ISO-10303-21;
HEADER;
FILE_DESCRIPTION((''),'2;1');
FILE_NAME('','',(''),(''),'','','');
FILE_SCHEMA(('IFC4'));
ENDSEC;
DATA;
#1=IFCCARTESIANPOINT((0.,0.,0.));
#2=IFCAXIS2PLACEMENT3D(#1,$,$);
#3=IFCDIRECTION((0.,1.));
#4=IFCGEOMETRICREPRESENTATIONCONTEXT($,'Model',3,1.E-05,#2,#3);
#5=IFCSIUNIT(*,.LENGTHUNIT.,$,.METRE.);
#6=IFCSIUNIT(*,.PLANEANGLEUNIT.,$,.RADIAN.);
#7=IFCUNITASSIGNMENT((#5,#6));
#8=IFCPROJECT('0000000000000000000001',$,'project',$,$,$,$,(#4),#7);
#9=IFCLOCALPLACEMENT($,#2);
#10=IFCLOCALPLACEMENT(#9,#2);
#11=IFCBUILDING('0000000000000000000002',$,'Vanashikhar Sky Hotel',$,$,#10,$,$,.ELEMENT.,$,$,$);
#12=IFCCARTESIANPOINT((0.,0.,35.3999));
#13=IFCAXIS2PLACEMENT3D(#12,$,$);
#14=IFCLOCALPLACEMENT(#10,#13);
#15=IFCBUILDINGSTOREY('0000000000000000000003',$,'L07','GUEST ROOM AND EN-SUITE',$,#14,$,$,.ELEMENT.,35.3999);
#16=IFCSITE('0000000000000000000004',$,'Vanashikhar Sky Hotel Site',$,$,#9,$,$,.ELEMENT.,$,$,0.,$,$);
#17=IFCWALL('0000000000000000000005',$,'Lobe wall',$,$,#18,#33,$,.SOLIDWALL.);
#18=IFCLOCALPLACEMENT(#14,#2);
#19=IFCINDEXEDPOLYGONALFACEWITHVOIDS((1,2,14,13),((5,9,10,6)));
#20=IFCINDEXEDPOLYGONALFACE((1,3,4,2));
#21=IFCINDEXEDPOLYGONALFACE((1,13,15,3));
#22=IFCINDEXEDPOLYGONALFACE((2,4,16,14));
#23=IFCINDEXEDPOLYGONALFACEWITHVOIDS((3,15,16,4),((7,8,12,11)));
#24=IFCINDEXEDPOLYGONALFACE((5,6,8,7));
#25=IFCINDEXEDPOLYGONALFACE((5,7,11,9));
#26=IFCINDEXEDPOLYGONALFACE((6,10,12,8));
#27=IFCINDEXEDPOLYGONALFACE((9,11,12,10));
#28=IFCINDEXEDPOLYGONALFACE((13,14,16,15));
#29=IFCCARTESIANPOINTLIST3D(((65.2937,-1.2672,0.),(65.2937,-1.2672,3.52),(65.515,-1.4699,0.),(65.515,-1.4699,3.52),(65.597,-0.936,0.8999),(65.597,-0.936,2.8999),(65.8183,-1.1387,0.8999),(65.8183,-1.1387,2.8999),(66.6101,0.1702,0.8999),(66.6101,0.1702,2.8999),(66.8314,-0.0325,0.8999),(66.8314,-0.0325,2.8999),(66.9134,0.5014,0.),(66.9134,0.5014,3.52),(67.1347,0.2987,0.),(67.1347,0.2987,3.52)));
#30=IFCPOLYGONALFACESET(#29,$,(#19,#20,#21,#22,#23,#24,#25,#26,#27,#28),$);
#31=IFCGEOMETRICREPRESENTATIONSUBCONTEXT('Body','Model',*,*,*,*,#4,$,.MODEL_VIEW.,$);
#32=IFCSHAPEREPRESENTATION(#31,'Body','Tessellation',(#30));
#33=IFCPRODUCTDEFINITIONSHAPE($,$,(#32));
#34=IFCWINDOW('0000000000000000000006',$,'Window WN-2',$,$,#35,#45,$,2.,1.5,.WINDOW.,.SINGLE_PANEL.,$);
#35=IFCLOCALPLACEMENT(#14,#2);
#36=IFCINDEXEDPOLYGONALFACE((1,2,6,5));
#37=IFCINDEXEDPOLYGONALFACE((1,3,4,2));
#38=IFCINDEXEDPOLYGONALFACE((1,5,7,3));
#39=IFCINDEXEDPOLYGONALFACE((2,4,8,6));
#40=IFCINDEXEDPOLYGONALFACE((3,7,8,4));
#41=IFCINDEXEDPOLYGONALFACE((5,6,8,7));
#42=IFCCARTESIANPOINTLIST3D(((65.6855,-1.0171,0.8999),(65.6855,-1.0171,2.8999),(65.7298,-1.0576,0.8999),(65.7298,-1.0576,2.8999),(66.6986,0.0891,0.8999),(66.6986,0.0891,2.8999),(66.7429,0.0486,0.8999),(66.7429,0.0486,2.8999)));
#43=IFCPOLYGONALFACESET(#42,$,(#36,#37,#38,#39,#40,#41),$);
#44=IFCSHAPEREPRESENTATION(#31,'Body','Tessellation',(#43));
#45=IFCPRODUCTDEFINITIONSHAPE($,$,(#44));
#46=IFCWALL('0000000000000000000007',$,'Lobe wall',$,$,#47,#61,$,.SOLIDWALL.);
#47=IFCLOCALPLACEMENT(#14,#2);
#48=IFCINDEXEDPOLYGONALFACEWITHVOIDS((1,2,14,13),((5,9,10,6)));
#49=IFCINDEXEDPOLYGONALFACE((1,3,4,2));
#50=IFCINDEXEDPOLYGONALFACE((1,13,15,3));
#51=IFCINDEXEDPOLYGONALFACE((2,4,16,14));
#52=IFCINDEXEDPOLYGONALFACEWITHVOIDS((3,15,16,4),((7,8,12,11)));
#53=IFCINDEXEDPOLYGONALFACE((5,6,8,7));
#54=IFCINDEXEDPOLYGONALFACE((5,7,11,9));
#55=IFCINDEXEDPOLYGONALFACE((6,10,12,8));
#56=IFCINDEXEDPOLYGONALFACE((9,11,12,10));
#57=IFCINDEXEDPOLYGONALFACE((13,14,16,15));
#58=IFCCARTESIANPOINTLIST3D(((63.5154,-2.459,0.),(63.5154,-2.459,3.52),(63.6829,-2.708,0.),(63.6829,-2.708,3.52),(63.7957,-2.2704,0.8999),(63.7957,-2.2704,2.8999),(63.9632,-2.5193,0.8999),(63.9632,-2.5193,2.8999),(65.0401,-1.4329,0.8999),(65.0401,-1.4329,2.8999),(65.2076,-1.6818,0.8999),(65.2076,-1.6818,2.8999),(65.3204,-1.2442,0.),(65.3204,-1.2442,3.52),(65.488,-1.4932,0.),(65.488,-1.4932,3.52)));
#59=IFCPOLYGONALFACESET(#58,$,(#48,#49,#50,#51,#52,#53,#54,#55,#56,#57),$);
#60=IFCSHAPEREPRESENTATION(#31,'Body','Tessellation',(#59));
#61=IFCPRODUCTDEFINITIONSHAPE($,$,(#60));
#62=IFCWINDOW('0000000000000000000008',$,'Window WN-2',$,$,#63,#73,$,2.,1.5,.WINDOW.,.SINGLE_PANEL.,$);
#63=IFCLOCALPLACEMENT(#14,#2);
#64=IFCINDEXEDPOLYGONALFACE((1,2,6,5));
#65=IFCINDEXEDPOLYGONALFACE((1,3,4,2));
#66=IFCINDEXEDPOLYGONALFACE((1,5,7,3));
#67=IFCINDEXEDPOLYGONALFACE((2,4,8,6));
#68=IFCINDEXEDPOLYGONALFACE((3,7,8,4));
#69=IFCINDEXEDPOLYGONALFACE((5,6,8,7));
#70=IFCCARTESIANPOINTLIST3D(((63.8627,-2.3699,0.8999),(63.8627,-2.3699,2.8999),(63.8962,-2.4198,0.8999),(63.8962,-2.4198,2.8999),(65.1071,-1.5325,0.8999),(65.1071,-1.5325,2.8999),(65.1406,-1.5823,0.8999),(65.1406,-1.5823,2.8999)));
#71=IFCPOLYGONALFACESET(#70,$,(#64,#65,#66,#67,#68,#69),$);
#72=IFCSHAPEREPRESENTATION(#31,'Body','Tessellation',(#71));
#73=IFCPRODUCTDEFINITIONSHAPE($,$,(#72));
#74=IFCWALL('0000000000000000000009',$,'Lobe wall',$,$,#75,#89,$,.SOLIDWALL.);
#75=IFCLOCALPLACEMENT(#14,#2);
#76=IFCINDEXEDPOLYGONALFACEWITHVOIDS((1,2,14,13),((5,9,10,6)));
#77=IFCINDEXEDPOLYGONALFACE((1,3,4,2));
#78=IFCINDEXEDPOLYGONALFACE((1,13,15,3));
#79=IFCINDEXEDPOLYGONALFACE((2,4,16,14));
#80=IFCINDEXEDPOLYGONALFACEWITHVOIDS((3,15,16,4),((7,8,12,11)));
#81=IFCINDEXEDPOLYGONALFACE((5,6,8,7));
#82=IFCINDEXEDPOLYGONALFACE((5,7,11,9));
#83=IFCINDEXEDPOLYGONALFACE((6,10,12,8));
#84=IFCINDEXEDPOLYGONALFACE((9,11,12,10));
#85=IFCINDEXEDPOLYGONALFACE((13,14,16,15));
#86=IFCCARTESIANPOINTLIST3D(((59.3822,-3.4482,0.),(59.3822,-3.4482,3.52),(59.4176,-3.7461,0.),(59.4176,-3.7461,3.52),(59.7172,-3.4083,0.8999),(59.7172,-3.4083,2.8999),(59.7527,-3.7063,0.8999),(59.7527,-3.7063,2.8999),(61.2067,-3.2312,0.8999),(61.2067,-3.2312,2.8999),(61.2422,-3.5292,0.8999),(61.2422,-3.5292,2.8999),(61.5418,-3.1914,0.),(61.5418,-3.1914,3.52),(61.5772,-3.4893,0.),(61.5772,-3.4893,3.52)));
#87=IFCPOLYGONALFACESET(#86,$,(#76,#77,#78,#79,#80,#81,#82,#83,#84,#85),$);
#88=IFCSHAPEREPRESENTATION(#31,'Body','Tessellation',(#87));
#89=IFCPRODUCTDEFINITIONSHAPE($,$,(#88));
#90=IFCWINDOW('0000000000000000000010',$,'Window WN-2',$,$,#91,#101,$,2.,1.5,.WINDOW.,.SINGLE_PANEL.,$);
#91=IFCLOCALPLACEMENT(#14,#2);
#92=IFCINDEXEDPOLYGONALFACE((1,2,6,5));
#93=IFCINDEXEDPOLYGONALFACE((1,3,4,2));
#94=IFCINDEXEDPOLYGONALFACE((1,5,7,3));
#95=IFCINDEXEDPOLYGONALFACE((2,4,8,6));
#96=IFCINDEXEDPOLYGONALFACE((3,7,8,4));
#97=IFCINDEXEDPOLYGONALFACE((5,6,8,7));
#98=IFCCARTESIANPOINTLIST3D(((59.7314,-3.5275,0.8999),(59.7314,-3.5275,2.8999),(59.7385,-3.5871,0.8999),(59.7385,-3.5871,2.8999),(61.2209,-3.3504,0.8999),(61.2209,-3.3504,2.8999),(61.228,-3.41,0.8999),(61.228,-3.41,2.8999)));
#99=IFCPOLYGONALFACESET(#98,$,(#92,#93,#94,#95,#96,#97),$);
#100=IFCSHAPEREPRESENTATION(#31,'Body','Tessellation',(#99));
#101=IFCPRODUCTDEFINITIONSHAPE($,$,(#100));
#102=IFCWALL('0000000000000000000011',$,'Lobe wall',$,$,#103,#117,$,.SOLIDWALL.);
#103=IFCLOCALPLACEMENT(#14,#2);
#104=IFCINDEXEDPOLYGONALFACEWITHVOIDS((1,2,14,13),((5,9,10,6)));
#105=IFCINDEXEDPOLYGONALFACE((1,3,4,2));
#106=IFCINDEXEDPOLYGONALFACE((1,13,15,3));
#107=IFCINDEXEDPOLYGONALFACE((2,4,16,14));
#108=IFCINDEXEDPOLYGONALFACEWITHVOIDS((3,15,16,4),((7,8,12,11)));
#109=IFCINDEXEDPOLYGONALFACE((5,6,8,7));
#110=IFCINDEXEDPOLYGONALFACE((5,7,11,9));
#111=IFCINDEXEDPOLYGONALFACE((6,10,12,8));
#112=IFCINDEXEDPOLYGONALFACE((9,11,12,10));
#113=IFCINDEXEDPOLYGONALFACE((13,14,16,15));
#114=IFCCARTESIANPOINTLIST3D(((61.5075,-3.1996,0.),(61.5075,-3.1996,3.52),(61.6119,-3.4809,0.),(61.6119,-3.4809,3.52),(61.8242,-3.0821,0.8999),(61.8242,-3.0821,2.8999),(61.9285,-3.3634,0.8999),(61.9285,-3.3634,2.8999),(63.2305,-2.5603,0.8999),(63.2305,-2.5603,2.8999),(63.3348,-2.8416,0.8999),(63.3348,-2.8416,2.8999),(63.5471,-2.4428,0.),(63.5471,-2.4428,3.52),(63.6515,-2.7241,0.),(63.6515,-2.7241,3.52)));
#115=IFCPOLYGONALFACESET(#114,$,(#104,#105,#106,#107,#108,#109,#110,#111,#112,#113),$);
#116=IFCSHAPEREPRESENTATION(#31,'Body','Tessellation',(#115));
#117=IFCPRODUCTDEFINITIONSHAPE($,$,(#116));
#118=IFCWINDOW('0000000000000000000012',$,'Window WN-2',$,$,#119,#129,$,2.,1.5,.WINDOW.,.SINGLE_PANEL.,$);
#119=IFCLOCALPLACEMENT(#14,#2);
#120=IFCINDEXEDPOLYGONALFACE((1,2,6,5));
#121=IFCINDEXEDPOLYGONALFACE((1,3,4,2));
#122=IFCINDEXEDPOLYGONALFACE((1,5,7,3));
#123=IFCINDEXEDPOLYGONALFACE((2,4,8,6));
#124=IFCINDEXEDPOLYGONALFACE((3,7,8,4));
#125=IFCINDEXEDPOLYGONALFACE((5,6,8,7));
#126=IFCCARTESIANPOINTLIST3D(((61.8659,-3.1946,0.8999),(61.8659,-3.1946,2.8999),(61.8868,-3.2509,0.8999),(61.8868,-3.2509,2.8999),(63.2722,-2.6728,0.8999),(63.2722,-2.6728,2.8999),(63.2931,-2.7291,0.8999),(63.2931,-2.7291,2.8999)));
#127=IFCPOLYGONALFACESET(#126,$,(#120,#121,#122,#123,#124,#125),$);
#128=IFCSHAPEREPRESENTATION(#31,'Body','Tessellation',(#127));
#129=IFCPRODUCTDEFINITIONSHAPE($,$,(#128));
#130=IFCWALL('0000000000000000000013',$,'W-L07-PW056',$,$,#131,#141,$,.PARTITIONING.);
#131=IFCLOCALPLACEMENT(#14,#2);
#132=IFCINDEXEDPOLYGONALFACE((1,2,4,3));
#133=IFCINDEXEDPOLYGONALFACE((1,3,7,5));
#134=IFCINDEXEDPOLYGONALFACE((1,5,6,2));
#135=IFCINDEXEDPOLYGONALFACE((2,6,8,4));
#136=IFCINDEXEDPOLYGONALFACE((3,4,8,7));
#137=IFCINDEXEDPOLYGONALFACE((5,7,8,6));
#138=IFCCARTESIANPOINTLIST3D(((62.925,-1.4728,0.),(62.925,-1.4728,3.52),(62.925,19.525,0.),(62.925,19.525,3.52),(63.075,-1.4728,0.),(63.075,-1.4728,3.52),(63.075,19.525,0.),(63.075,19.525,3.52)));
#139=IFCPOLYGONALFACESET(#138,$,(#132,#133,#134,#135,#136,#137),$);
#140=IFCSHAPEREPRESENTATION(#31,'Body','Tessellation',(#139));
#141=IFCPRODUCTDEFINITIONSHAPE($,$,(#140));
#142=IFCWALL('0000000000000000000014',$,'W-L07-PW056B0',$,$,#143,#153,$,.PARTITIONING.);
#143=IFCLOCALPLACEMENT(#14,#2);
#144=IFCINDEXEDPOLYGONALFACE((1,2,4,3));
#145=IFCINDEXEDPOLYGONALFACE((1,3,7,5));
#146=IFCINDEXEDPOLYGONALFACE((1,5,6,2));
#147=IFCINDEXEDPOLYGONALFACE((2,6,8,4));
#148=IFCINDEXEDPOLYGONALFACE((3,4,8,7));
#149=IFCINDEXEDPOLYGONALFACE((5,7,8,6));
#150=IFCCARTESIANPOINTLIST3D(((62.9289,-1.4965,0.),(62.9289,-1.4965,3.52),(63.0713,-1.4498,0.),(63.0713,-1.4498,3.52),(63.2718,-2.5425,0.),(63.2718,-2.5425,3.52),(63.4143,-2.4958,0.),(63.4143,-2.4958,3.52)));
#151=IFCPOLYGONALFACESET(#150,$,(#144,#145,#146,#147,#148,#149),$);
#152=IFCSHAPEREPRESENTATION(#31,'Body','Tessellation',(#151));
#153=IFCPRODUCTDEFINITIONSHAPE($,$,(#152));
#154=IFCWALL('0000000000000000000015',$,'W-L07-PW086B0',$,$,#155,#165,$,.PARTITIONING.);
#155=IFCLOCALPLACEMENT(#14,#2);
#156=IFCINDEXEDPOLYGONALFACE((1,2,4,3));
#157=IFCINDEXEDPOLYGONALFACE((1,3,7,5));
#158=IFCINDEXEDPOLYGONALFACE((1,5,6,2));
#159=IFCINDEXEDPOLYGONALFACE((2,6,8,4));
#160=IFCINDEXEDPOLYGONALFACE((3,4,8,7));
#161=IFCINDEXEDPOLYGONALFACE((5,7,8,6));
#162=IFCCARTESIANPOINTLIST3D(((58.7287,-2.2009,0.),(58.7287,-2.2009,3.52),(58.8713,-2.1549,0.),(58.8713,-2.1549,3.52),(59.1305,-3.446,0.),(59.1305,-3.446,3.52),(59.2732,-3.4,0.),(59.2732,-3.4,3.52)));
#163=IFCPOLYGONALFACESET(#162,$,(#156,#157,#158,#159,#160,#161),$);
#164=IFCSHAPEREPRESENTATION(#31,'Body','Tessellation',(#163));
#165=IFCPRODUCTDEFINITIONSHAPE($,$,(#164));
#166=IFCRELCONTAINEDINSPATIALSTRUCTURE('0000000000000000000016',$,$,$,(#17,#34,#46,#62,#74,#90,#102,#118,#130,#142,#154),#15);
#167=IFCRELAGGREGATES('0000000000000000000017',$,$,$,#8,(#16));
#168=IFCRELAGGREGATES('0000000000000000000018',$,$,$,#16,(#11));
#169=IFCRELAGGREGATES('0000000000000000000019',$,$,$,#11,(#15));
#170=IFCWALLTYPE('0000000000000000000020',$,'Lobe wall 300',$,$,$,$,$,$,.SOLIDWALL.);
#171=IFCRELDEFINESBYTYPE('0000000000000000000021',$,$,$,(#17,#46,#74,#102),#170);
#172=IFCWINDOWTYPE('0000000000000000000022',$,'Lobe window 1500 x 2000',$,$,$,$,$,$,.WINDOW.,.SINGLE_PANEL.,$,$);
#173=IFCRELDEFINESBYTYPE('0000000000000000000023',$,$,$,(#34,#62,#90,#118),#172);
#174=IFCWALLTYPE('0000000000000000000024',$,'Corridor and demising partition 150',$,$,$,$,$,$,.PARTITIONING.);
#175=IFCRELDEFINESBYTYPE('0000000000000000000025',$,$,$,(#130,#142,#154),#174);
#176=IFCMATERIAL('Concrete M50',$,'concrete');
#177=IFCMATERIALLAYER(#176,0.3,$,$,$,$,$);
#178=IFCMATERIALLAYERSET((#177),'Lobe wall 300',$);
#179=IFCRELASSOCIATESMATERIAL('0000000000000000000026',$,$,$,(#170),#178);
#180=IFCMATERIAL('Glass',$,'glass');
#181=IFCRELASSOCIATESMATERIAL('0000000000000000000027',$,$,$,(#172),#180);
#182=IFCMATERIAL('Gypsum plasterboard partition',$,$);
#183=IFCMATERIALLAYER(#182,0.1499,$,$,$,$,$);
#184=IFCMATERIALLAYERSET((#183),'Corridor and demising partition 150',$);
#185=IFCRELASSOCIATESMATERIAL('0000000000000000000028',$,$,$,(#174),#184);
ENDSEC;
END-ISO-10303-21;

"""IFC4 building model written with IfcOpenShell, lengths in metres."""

from ifc_helpers import new_model, si_unit, direction, frame, frame_2d, origin, place, context, subcontext, project, spatial, rectangle, extrude, source, transform, mapped, material, layer, layer_set, type_object, element, fill, save


model = new_model("IFC4")

# Units and contexts
model_context = context("Model", 3, precision=1e-05, world=origin(), true_north=direction((0.0, 1.0)))
body_context = subcontext(model_context, "Body", "Model", "MODEL_VIEW")
ifc_project = project(units=[si_unit("LENGTHUNIT", "METRE"), si_unit("PLANEANGLEUNIT", "RADIAN")], contexts=[model_context])

# Site, building, storey
site_placement = place(None, origin())
site = spatial("IfcSite", under=ifc_project, at=site_placement, Name="Vanashikhar Sky Hotel Site", CompositionType="ELEMENT", RefElevation=0.0)
building_placement = place(site_placement, origin())
building = spatial("IfcBuilding", under=site, at=building_placement, Name="Vanashikhar Sky Hotel", CompositionType="ELEMENT")
storey_placement = place(building_placement, frame((0.0, 0.0, 35.3999)))
storey = spatial("IfcBuildingStorey", under=building, at=storey_placement, Name="L07", Description="GUEST ROOM AND EN-SUITE", CompositionType="ELEMENT", Elevation=35.3999)

# Walls, openings, windows
ifc_material_1 = material(Name="Concrete M50", Category="concrete")
ifc_layer_1 = layer(ifc_material_1, 0.3)
ifc_layer_set_1 = layer_set([ifc_layer_1], Name="Lobe wall 300")
wall_type_1 = type_object("IfcWallType", Name="Lobe wall 300", PredefinedType="SOLIDWALL", material=ifc_layer_set_1)
shared_shape_1 = source(origin(), body_context, "Body", "SweptSolid", [
    extrude(rectangle(XDim=2.3982, YDim=0.3, at=frame_2d((1.1992, 0.0))), origin(), (0.0, 0.0, 1.0), 3.52),
])
wall_1_placement = place(storey_placement, frame((65.4043, -1.3687, 0.0), z_axis=(0.0, 0.0, 1.0), x_axis=(0.675374, 0.737475, 0.0)))
wall_1 = element("IfcWall", 1, at=wall_1_placement, inside=storey, type_object=wall_type_1, Name="Lobe wall", PredefinedType="SOLIDWALL", context=body_context, shape_type="MappedRepresentation", body=[
    mapped(shared_shape_1, transform((0.0, 0.0, 0.0), scale=1.0)),
])
shared_shape_2 = source(origin(), body_context, "Body", "SweptSolid", [
    extrude(rectangle(XDim=1.5, YDim=2.0, at=frame_2d((0.75, 1.0))), frame((0.0, 0.1602, 0.0), z_axis=(0.0, -1.0, 0.0), x_axis=(1.0, 0.0, 0.0)), (0.0, 0.0, 1.0), 0.3201),
])
opening_1_placement = place(wall_1_placement, frame((0.4492, 0.0, 0.8999)))
opening_1 = element("IfcOpeningElement", 2, at=opening_1_placement, cuts=wall_1, PredefinedType="OPENING", context=body_context, shape_type="MappedRepresentation", body=[
    mapped(shared_shape_2, transform((0.0, 0.0, 0.0), scale=1.0)),
])
ifc_material_2 = material(Name="Glass", Category="glass")
window_type = type_object("IfcWindowType", Name="Lobe window 1500 x 2000", PartitioningType="SINGLE_PANEL", PredefinedType="WINDOW", material=ifc_material_2)
shared_shape_3 = source(origin(), body_context, "Body", "SweptSolid", [
    extrude(rectangle(XDim=1.5, YDim=2.0, at=frame_2d((0.75, 1.0))), frame((0.0, 0.03, 0.0), z_axis=(0.0, -1.0, 0.0), x_axis=(1.0, 0.0, 0.0)), (0.0, 0.0, 1.0), 0.0601),
])
window_1_placement = place(opening_1_placement, origin())
window_1 = element("IfcWindow", 3, at=window_1_placement, inside=storey, type_object=window_type, Name="Window WN-2", OverallHeight=2.0, OverallWidth=1.5, PartitioningType="SINGLE_PANEL", PredefinedType="WINDOW", context=body_context, shape_type="MappedRepresentation", body=[
    mapped(shared_shape_3, transform((0.0, 0.0, 0.0), scale=1.0)),
])
fill(opening_1, window_1)
shared_shape_4 = source(origin(), body_context, "Body", "SweptSolid", [
    extrude(rectangle(XDim=2.1758, YDim=0.3, at=frame_2d((1.0879, 0.0))), origin(), (0.0, 0.0, 1.0), 3.52),
])
wall_2_placement = place(storey_placement, frame((63.5991, -2.5835, 0.0), z_axis=(0.0, 0.0, 1.0), x_axis=(0.829626, 0.55832, 0.0)))
wall_2 = element("IfcWall", 4, at=wall_2_placement, inside=storey, type_object=wall_type_1, Name="Lobe wall", PredefinedType="SOLIDWALL", context=body_context, shape_type="MappedRepresentation", body=[
    mapped(shared_shape_4, transform((0.0, 0.0, 0.0), scale=1.0)),
])
opening_2_placement = place(wall_2_placement, frame((0.3379, 0.0, 0.8999)))
opening_2 = element("IfcOpeningElement", 5, at=opening_2_placement, cuts=wall_2, PredefinedType="OPENING", context=body_context, shape_type="MappedRepresentation", body=[
    mapped(shared_shape_2, transform((0.0, 0.0, 0.0), scale=1.0)),
])
window_2_placement = place(opening_2_placement, origin())
window_2 = element("IfcWindow", 6, at=window_2_placement, inside=storey, type_object=window_type, Name="Window WN-2", OverallHeight=2.0, OverallWidth=1.5, PartitioningType="SINGLE_PANEL", PredefinedType="WINDOW", context=body_context, shape_type="MappedRepresentation", body=[
    mapped(shared_shape_3, transform((0.0, 0.0, 0.0), scale=1.0)),
])
fill(opening_2, window_2)
shared_shape_5 = source(origin(), body_context, "Body", "SweptSolid", [
    extrude(rectangle(XDim=2.1748, YDim=0.3, at=frame_2d((1.0874, 0.0))), origin(), (0.0, 0.0, 1.0), 3.52),
])
wall_3_placement = place(storey_placement, frame((59.3999, -3.5972, 0.0), z_axis=(0.0, 0.0, 1.0), x_axis=(0.993003, 0.118092, 0.0)))
wall_3 = element("IfcWall", 7, at=wall_3_placement, inside=storey, type_object=wall_type_1, Name="Lobe wall", PredefinedType="SOLIDWALL", context=body_context, shape_type="MappedRepresentation", body=[
    mapped(shared_shape_5, transform((0.0, 0.0, 0.0), scale=1.0)),
])
opening_3_placement = place(wall_3_placement, frame((0.3374, 0.0, 0.8999)))
opening_3 = element("IfcOpeningElement", 8, at=opening_3_placement, cuts=wall_3, PredefinedType="OPENING", context=body_context, shape_type="MappedRepresentation", body=[
    mapped(shared_shape_2, transform((0.0, 0.0, 0.0), scale=1.0)),
])
window_3_placement = place(opening_3_placement, origin())
window_3 = element("IfcWindow", 9, at=window_3_placement, inside=storey, type_object=window_type, Name="Window WN-2", OverallHeight=2.0, OverallWidth=1.5, PartitioningType="SINGLE_PANEL", PredefinedType="WINDOW", context=body_context, shape_type="MappedRepresentation", body=[
    mapped(shared_shape_3, transform((0.0, 0.0, 0.0), scale=1.0)),
])
fill(opening_3, window_3)
shared_shape_6 = source(origin(), body_context, "Body", "SweptSolid", [
    extrude(rectangle(XDim=2.1755, YDim=0.3, at=frame_2d((1.0879, 0.0))), origin(), (0.0, 0.0, 1.0), 3.52),
])
wall_4_placement = place(storey_placement, frame((61.5596, -3.3403, 0.0), z_axis=(0.0, 0.0, 1.0), x_axis=(0.937532, 0.347899, 0.0)))
wall_4 = element("IfcWall", 10, at=wall_4_placement, inside=storey, type_object=wall_type_1, Name="Lobe wall", PredefinedType="SOLIDWALL", context=body_context, shape_type="MappedRepresentation", body=[
    mapped(shared_shape_6, transform((0.0, 0.0, 0.0), scale=1.0)),
])
opening_4_placement = place(wall_4_placement, frame((0.3379, 0.0, 0.8999)))
opening_4 = element("IfcOpeningElement", 11, at=opening_4_placement, cuts=wall_4, PredefinedType="OPENING", context=body_context, shape_type="MappedRepresentation", body=[
    mapped(shared_shape_2, transform((0.0, 0.0, 0.0), scale=1.0)),
])
window_4_placement = place(opening_4_placement, origin())
window_4 = element("IfcWindow", 12, at=window_4_placement, inside=storey, type_object=window_type, Name="Window WN-2", OverallHeight=2.0, OverallWidth=1.5, PartitioningType="SINGLE_PANEL", PredefinedType="WINDOW", context=body_context, shape_type="MappedRepresentation", body=[
    mapped(shared_shape_3, transform((0.0, 0.0, 0.0), scale=1.0)),
])
fill(opening_4, window_4)

# Walls
ifc_material_3 = material(Name="Gypsum plasterboard partition")
ifc_layer_2 = layer(ifc_material_3, 0.1499)
ifc_layer_set_2 = layer_set([ifc_layer_2], Name="Corridor and demising partition 150")
wall_type_2 = type_object("IfcWallType", Name="Corridor and demising partition 150", PredefinedType="PARTITIONING", material=ifc_layer_set_2)
shared_shape_7 = source(origin(), body_context, "Body", "SweptSolid", [
    extrude(rectangle(XDim=20.9978, YDim=0.1499, at=frame_2d((10.499, 0.0))), origin(), (0.0, 0.0, 1.0), 3.52),
])
wall_5_placement = place(storey_placement, frame((63.0, -1.4729, 0.0), z_axis=(0.0, 0.0, 1.0), x_axis=(0.0, 1.0, 0.0)))
element("IfcWall", 13, at=wall_5_placement, inside=storey, type_object=wall_type_2, Name="W-L07-PW056", PredefinedType="PARTITIONING", context=body_context, shape_type="MappedRepresentation", body=[
    mapped(shared_shape_7, transform((0.0, 0.0, 0.0), scale=1.0)),
])
shared_shape_8 = source(origin(), body_context, "Body", "SweptSolid", [
    extrude(rectangle(XDim=1.1008, YDim=0.1499, at=frame_2d((0.5503, 0.0))), origin(), (0.0, 0.0, 1.0), 3.52),
])
wall_6_placement = place(storey_placement, frame((63.343, -2.519, 0.0), z_axis=(0.0, 0.0, 1.0), x_axis=(-0.311567, 0.950224, 0.0)))
element("IfcWall", 14, at=wall_6_placement, inside=storey, type_object=wall_type_2, Name="W-L07-PW056B0", PredefinedType="PARTITIONING", context=body_context, shape_type="MappedRepresentation", body=[
    mapped(shared_shape_8, transform((0.0, 0.0, 0.0), scale=1.0)),
])
shared_shape_9 = source(origin(), body_context, "Body", "SweptSolid", [
    extrude(rectangle(XDim=1.3083, YDim=0.1499, at=frame_2d((0.6543, 0.0))), origin(), (0.0, 0.0, 1.0), 3.52),
])
wall_7_placement = place(storey_placement, frame((59.2019, -3.4231, 0.0), z_axis=(0.0, 0.0, 1.0), x_axis=(-0.307145, 0.951663, 0.0)))
element("IfcWall", 15, at=wall_7_placement, inside=storey, type_object=wall_type_2, Name="W-L07-PW086B0", PredefinedType="PARTITIONING", context=body_context, shape_type="MappedRepresentation", body=[
    mapped(shared_shape_9, transform((0.0, 0.0, 0.0), scale=1.0)),
])

save(model, "model.ifc")
